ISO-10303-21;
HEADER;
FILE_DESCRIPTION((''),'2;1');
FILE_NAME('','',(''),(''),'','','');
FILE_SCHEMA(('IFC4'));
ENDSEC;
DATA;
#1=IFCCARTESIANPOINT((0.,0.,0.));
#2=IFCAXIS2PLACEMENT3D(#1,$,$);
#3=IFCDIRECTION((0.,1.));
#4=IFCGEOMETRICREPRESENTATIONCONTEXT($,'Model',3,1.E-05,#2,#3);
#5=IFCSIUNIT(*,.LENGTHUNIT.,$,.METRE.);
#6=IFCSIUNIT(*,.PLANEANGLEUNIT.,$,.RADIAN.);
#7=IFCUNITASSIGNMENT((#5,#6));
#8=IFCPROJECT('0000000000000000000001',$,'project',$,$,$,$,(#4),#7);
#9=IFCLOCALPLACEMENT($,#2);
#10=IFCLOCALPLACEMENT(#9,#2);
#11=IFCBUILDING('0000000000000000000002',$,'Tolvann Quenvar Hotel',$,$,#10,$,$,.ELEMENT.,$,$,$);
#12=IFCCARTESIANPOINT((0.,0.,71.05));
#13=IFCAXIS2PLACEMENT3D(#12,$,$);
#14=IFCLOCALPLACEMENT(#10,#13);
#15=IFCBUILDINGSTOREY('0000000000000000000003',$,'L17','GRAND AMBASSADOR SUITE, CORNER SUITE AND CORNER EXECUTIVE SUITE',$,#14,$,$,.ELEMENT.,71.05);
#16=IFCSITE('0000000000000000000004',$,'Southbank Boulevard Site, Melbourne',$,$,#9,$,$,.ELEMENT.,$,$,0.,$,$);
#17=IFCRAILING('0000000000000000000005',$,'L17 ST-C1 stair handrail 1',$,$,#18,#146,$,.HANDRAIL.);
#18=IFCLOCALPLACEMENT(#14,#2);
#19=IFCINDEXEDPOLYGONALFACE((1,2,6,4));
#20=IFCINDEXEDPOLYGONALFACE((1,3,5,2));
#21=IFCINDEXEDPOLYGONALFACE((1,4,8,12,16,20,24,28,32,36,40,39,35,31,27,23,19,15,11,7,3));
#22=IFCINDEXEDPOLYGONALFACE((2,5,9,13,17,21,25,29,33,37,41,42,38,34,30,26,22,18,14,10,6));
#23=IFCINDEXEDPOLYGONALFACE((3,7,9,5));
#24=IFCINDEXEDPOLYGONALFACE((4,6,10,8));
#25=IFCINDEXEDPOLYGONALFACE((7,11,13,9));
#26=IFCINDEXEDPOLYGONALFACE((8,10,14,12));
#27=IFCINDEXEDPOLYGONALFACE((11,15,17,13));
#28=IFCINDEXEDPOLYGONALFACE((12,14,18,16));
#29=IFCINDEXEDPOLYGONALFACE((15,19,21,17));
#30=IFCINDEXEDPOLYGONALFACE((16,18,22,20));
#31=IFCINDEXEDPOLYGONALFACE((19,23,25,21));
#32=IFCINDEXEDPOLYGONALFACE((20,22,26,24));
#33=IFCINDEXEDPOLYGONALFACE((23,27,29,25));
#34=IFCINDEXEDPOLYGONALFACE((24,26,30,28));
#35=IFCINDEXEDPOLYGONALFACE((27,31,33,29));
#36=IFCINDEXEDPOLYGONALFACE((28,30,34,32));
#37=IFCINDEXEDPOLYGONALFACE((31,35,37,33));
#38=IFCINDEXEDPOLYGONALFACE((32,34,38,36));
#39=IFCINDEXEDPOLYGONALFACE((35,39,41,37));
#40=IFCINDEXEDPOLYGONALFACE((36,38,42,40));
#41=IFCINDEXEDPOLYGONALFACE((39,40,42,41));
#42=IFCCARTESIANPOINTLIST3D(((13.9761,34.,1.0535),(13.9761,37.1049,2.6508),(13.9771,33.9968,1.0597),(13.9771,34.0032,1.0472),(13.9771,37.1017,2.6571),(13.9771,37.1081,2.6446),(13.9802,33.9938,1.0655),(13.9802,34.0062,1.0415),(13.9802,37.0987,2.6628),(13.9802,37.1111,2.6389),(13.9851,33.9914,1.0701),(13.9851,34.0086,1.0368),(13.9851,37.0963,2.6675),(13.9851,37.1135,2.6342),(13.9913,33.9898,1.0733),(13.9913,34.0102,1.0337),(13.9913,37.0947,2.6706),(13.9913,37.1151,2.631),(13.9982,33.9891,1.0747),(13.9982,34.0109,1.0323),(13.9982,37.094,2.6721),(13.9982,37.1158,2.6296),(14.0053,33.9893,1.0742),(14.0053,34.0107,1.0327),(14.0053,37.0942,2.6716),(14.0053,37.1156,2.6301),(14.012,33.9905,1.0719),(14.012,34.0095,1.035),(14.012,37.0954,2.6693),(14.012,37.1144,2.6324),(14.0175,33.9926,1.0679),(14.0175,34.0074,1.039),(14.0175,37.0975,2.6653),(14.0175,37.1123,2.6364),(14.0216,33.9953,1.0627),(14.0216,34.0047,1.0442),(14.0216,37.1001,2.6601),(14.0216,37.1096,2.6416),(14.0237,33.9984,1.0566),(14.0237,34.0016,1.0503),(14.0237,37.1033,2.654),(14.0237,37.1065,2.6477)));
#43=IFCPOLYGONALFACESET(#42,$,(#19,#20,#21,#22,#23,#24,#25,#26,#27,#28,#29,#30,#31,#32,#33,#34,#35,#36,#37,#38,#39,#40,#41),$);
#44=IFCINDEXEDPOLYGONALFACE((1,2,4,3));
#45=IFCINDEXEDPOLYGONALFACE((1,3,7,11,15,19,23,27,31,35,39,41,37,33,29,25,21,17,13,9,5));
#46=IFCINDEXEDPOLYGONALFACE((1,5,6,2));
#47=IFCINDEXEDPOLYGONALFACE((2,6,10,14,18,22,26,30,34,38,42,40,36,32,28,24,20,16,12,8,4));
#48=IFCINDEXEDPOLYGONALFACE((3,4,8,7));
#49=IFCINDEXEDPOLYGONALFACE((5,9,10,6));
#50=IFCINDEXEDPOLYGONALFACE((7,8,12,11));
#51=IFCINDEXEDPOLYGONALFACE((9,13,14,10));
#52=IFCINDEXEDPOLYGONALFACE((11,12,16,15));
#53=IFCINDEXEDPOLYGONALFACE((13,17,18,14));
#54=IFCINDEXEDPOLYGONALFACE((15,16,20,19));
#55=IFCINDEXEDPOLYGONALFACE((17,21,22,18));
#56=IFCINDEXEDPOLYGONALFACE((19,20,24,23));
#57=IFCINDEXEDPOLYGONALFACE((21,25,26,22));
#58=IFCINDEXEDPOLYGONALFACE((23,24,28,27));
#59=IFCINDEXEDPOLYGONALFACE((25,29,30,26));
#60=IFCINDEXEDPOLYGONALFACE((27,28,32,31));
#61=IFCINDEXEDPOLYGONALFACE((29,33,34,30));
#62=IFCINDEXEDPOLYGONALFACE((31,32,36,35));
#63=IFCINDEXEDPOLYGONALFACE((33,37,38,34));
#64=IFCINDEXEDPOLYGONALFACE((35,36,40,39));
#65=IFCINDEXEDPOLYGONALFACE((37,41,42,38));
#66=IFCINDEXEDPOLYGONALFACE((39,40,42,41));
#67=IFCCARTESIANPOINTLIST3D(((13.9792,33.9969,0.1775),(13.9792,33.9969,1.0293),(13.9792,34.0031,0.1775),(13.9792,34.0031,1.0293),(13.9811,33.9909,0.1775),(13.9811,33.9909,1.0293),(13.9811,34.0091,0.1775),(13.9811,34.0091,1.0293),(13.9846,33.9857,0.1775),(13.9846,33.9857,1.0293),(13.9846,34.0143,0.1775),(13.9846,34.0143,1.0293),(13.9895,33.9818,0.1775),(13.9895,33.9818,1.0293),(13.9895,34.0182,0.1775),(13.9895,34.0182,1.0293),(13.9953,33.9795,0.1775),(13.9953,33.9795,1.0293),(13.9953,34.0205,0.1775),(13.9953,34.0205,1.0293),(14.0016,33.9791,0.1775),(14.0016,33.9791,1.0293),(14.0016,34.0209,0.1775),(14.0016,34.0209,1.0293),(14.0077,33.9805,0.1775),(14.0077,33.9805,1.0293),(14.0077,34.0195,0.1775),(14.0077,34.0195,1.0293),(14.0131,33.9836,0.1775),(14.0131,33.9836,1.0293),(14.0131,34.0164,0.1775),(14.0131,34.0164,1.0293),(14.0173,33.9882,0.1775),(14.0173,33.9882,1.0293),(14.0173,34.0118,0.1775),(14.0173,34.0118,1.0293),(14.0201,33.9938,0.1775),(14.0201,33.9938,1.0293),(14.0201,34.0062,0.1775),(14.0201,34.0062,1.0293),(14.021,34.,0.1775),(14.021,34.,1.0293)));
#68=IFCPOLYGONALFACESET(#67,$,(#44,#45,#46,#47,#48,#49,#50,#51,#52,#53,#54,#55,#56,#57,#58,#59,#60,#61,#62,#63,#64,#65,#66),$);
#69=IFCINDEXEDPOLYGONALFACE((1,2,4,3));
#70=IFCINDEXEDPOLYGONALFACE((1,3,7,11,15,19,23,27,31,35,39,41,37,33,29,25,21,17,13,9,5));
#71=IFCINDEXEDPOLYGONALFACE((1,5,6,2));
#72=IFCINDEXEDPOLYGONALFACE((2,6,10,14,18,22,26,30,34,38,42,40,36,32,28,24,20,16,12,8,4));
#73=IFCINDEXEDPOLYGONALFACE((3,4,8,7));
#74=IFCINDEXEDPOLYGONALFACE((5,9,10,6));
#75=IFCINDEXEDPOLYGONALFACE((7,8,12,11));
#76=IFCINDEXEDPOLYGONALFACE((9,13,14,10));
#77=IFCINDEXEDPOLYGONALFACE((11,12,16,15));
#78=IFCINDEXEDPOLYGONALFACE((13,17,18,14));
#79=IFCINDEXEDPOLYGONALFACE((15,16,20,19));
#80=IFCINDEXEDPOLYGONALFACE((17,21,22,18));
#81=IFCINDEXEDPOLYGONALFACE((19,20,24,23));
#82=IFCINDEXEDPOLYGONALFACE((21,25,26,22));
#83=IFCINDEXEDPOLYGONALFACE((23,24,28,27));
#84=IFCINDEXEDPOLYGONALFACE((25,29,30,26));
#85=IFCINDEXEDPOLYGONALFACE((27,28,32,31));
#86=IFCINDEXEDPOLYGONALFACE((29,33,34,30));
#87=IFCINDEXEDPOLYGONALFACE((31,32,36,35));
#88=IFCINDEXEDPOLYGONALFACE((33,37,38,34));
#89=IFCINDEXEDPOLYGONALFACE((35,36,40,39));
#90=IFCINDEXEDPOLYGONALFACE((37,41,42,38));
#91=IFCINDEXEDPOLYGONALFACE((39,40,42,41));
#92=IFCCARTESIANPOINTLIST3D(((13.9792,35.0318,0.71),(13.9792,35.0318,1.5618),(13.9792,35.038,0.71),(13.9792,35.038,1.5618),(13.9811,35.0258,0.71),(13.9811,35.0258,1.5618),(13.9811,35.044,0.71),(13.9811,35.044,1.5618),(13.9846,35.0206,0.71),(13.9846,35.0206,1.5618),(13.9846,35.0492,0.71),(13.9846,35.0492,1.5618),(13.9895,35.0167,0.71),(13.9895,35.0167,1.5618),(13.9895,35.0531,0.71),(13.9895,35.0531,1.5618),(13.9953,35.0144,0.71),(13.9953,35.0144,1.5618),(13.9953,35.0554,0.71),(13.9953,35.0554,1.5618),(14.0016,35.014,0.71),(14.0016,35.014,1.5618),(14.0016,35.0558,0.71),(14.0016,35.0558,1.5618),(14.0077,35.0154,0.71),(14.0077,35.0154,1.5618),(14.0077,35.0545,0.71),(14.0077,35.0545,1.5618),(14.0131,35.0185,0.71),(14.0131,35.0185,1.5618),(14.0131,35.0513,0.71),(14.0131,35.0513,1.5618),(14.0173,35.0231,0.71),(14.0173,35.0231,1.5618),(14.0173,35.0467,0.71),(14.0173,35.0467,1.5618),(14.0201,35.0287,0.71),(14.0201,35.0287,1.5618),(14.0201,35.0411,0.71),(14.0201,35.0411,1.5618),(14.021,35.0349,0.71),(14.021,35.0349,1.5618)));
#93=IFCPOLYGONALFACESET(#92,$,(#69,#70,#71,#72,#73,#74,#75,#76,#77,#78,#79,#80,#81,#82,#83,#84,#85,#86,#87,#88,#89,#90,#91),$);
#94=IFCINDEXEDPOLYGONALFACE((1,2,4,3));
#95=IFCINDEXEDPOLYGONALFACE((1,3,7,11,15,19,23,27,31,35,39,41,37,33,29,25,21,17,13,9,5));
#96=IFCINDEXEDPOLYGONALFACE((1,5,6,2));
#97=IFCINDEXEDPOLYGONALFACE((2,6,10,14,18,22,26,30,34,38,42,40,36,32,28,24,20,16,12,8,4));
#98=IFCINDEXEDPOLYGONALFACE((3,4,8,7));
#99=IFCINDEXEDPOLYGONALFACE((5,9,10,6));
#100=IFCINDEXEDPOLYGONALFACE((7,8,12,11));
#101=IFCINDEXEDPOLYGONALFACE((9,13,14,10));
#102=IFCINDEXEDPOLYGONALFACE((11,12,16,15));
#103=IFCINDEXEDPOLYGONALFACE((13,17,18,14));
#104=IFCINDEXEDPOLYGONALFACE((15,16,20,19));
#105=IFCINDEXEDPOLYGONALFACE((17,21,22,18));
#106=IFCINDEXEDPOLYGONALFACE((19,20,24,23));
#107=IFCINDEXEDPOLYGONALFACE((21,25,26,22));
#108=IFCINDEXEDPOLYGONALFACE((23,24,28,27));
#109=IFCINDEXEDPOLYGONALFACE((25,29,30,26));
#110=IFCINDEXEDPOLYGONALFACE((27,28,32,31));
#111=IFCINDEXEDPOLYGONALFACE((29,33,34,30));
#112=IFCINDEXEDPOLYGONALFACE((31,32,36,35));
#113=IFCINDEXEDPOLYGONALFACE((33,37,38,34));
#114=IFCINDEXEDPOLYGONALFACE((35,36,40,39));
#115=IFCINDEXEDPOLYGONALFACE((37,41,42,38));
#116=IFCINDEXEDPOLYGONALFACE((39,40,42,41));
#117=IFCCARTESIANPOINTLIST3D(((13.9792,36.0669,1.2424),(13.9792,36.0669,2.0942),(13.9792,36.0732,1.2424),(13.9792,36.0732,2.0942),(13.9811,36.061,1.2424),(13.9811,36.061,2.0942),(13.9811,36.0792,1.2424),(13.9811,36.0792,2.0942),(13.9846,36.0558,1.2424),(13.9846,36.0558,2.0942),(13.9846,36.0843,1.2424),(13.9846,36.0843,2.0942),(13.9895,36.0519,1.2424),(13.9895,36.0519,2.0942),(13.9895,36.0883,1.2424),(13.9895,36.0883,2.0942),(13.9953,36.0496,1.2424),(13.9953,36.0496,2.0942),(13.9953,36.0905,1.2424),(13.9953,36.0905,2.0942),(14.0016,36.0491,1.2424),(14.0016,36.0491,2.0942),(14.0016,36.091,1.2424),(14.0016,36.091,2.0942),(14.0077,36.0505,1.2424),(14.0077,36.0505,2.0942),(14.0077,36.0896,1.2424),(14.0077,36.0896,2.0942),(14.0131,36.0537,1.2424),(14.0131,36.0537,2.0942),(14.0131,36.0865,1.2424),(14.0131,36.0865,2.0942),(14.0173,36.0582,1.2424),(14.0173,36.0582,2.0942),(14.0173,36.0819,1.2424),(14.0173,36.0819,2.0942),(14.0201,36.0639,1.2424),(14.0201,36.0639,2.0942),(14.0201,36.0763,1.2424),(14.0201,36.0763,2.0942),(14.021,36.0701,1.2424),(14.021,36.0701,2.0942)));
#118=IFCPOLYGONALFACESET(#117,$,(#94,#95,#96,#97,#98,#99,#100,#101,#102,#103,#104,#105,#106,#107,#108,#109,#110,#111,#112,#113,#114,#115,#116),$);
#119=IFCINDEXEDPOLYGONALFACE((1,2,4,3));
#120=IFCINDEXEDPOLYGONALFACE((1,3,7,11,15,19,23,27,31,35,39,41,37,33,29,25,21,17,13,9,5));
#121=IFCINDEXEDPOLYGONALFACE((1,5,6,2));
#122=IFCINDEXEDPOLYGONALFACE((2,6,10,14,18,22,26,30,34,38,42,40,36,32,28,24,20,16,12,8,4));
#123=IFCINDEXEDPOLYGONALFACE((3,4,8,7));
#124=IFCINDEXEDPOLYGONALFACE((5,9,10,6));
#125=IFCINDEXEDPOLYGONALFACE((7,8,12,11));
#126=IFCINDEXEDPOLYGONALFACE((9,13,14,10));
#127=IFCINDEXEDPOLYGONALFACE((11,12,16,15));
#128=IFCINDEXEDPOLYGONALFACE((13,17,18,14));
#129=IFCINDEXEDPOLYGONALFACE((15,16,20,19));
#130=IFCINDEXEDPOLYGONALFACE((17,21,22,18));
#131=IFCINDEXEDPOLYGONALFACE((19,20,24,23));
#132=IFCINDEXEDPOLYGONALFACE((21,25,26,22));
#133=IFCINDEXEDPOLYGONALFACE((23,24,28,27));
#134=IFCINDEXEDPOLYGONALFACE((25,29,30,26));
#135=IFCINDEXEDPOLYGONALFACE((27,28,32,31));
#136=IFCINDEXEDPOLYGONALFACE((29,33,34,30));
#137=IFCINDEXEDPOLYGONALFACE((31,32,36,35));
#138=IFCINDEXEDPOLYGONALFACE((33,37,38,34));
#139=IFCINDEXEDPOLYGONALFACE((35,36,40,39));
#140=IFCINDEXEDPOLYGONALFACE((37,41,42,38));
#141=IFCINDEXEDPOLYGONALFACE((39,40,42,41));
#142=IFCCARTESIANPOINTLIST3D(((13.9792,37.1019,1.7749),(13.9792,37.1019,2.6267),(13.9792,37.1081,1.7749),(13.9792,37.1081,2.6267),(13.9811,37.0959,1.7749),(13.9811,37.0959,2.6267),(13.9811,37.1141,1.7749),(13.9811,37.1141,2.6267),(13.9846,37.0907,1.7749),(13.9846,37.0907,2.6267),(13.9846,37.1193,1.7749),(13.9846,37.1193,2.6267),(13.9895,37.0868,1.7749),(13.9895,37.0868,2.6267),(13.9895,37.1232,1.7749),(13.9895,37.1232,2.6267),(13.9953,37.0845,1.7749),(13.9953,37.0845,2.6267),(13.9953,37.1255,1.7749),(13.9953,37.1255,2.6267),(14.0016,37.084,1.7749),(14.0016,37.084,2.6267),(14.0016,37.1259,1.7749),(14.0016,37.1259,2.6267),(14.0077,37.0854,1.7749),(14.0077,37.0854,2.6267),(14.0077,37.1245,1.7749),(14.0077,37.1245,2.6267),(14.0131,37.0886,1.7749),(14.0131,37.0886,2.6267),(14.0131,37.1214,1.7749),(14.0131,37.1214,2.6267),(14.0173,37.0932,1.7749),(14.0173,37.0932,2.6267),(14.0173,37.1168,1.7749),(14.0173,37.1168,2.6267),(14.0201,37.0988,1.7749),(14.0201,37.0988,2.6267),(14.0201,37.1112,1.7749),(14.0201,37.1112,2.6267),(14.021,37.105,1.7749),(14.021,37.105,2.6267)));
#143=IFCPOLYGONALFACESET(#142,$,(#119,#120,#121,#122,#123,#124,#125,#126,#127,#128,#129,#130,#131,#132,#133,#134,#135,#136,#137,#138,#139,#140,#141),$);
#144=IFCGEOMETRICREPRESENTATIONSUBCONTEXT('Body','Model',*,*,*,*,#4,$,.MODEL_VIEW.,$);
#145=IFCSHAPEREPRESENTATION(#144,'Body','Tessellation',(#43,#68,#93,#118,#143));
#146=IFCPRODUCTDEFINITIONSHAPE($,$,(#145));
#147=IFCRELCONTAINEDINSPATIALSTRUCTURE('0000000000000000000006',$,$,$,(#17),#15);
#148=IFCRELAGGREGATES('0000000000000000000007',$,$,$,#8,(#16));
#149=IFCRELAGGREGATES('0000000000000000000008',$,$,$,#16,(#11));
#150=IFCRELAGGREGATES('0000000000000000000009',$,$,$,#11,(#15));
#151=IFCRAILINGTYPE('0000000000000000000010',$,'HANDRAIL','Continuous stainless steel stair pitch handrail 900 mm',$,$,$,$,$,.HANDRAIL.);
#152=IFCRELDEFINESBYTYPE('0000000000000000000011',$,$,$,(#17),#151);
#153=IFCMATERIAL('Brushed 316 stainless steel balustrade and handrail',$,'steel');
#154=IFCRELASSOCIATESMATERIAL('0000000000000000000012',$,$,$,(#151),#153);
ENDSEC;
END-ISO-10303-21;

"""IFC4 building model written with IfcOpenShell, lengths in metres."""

from ifc_helpers import new_model, si_unit, direction, frame, origin, origin_2d, place, context, subcontext, project, spatial, circle, extrude, material, type_object, element, save


model = new_model("IFC4")

# Units and contexts
model_context = context("Model", 3, precision=1e-05, world=origin(), true_north=direction((0.0, 1.0)))
body_context = subcontext(model_context, "Body", "Model", "MODEL_VIEW")
ifc_project = project(units=[si_unit("LENGTHUNIT", "METRE"), si_unit("PLANEANGLEUNIT", "RADIAN")], contexts=[model_context])

# Site, building, storey
site_placement = place(None, origin())
site = spatial("IfcSite", under=ifc_project, at=site_placement, Name="Southbank Boulevard Site, Melbourne", CompositionType="ELEMENT", RefElevation=0.0)
building_placement = place(site_placement, origin())
building = spatial("IfcBuilding", under=site, at=building_placement, Name="Tolvann Quenvar Hotel", CompositionType="ELEMENT")
storey_placement = place(building_placement, frame((0.0, 0.0, 71.05)))
storey = spatial("IfcBuildingStorey", under=building, at=storey_placement, Name="L17", Description="GRAND AMBASSADOR SUITE, CORNER SUITE AND CORNER EXECUTIVE SUITE", CompositionType="ELEMENT", Elevation=71.05)

# Railing
ifc_material_1 = material(Name="Brushed 316 stainless steel balustrade and handrail", Category="steel")
railing_type_1 = type_object("IfcRailingType", Name="HANDRAIL", Description="Continuous stainless steel stair pitch handrail 900 mm", PredefinedType="HANDRAIL", material=ifc_material_1)
railing_1_placement = place(storey_placement, frame((14.0, 34.0, 0.1775)))
element("IfcRailing", 1, at=railing_1_placement, inside=storey, type_object=railing_type_1, Name="L17 ST-C1 stair handrail 1", PredefinedType="HANDRAIL", context=body_context, shape_type="SweptSolid", body=[
    extrude(circle(Radius=0.0239, at=origin_2d()), frame((0.0, 0.0, 0.876), z_axis=(0.0, 0.889222, 0.457476), x_axis=(-1.0, 0.0, 0.0)), (0.0, 0.0, 1.0), 3.4917),
    extrude(circle(Radius=0.021, at=origin_2d()), origin(), (0.0, 0.0, 1.0), 0.8518),
    extrude(circle(Radius=0.021, at=origin_2d()), frame((0.0, 1.0349, 0.5325)), (0.0, 0.0, 1.0), 0.8518),
    extrude(circle(Radius=0.021, at=origin_2d()), frame((0.0, 2.0701, 1.0649)), (0.0, 0.0, 1.0), 0.8518),
    extrude(circle(Radius=0.021, at=origin_2d()), frame((0.0, 3.105, 1.5974)), (0.0, 0.0, 1.0), 0.8518),
])

save(model, "model.ifc")
